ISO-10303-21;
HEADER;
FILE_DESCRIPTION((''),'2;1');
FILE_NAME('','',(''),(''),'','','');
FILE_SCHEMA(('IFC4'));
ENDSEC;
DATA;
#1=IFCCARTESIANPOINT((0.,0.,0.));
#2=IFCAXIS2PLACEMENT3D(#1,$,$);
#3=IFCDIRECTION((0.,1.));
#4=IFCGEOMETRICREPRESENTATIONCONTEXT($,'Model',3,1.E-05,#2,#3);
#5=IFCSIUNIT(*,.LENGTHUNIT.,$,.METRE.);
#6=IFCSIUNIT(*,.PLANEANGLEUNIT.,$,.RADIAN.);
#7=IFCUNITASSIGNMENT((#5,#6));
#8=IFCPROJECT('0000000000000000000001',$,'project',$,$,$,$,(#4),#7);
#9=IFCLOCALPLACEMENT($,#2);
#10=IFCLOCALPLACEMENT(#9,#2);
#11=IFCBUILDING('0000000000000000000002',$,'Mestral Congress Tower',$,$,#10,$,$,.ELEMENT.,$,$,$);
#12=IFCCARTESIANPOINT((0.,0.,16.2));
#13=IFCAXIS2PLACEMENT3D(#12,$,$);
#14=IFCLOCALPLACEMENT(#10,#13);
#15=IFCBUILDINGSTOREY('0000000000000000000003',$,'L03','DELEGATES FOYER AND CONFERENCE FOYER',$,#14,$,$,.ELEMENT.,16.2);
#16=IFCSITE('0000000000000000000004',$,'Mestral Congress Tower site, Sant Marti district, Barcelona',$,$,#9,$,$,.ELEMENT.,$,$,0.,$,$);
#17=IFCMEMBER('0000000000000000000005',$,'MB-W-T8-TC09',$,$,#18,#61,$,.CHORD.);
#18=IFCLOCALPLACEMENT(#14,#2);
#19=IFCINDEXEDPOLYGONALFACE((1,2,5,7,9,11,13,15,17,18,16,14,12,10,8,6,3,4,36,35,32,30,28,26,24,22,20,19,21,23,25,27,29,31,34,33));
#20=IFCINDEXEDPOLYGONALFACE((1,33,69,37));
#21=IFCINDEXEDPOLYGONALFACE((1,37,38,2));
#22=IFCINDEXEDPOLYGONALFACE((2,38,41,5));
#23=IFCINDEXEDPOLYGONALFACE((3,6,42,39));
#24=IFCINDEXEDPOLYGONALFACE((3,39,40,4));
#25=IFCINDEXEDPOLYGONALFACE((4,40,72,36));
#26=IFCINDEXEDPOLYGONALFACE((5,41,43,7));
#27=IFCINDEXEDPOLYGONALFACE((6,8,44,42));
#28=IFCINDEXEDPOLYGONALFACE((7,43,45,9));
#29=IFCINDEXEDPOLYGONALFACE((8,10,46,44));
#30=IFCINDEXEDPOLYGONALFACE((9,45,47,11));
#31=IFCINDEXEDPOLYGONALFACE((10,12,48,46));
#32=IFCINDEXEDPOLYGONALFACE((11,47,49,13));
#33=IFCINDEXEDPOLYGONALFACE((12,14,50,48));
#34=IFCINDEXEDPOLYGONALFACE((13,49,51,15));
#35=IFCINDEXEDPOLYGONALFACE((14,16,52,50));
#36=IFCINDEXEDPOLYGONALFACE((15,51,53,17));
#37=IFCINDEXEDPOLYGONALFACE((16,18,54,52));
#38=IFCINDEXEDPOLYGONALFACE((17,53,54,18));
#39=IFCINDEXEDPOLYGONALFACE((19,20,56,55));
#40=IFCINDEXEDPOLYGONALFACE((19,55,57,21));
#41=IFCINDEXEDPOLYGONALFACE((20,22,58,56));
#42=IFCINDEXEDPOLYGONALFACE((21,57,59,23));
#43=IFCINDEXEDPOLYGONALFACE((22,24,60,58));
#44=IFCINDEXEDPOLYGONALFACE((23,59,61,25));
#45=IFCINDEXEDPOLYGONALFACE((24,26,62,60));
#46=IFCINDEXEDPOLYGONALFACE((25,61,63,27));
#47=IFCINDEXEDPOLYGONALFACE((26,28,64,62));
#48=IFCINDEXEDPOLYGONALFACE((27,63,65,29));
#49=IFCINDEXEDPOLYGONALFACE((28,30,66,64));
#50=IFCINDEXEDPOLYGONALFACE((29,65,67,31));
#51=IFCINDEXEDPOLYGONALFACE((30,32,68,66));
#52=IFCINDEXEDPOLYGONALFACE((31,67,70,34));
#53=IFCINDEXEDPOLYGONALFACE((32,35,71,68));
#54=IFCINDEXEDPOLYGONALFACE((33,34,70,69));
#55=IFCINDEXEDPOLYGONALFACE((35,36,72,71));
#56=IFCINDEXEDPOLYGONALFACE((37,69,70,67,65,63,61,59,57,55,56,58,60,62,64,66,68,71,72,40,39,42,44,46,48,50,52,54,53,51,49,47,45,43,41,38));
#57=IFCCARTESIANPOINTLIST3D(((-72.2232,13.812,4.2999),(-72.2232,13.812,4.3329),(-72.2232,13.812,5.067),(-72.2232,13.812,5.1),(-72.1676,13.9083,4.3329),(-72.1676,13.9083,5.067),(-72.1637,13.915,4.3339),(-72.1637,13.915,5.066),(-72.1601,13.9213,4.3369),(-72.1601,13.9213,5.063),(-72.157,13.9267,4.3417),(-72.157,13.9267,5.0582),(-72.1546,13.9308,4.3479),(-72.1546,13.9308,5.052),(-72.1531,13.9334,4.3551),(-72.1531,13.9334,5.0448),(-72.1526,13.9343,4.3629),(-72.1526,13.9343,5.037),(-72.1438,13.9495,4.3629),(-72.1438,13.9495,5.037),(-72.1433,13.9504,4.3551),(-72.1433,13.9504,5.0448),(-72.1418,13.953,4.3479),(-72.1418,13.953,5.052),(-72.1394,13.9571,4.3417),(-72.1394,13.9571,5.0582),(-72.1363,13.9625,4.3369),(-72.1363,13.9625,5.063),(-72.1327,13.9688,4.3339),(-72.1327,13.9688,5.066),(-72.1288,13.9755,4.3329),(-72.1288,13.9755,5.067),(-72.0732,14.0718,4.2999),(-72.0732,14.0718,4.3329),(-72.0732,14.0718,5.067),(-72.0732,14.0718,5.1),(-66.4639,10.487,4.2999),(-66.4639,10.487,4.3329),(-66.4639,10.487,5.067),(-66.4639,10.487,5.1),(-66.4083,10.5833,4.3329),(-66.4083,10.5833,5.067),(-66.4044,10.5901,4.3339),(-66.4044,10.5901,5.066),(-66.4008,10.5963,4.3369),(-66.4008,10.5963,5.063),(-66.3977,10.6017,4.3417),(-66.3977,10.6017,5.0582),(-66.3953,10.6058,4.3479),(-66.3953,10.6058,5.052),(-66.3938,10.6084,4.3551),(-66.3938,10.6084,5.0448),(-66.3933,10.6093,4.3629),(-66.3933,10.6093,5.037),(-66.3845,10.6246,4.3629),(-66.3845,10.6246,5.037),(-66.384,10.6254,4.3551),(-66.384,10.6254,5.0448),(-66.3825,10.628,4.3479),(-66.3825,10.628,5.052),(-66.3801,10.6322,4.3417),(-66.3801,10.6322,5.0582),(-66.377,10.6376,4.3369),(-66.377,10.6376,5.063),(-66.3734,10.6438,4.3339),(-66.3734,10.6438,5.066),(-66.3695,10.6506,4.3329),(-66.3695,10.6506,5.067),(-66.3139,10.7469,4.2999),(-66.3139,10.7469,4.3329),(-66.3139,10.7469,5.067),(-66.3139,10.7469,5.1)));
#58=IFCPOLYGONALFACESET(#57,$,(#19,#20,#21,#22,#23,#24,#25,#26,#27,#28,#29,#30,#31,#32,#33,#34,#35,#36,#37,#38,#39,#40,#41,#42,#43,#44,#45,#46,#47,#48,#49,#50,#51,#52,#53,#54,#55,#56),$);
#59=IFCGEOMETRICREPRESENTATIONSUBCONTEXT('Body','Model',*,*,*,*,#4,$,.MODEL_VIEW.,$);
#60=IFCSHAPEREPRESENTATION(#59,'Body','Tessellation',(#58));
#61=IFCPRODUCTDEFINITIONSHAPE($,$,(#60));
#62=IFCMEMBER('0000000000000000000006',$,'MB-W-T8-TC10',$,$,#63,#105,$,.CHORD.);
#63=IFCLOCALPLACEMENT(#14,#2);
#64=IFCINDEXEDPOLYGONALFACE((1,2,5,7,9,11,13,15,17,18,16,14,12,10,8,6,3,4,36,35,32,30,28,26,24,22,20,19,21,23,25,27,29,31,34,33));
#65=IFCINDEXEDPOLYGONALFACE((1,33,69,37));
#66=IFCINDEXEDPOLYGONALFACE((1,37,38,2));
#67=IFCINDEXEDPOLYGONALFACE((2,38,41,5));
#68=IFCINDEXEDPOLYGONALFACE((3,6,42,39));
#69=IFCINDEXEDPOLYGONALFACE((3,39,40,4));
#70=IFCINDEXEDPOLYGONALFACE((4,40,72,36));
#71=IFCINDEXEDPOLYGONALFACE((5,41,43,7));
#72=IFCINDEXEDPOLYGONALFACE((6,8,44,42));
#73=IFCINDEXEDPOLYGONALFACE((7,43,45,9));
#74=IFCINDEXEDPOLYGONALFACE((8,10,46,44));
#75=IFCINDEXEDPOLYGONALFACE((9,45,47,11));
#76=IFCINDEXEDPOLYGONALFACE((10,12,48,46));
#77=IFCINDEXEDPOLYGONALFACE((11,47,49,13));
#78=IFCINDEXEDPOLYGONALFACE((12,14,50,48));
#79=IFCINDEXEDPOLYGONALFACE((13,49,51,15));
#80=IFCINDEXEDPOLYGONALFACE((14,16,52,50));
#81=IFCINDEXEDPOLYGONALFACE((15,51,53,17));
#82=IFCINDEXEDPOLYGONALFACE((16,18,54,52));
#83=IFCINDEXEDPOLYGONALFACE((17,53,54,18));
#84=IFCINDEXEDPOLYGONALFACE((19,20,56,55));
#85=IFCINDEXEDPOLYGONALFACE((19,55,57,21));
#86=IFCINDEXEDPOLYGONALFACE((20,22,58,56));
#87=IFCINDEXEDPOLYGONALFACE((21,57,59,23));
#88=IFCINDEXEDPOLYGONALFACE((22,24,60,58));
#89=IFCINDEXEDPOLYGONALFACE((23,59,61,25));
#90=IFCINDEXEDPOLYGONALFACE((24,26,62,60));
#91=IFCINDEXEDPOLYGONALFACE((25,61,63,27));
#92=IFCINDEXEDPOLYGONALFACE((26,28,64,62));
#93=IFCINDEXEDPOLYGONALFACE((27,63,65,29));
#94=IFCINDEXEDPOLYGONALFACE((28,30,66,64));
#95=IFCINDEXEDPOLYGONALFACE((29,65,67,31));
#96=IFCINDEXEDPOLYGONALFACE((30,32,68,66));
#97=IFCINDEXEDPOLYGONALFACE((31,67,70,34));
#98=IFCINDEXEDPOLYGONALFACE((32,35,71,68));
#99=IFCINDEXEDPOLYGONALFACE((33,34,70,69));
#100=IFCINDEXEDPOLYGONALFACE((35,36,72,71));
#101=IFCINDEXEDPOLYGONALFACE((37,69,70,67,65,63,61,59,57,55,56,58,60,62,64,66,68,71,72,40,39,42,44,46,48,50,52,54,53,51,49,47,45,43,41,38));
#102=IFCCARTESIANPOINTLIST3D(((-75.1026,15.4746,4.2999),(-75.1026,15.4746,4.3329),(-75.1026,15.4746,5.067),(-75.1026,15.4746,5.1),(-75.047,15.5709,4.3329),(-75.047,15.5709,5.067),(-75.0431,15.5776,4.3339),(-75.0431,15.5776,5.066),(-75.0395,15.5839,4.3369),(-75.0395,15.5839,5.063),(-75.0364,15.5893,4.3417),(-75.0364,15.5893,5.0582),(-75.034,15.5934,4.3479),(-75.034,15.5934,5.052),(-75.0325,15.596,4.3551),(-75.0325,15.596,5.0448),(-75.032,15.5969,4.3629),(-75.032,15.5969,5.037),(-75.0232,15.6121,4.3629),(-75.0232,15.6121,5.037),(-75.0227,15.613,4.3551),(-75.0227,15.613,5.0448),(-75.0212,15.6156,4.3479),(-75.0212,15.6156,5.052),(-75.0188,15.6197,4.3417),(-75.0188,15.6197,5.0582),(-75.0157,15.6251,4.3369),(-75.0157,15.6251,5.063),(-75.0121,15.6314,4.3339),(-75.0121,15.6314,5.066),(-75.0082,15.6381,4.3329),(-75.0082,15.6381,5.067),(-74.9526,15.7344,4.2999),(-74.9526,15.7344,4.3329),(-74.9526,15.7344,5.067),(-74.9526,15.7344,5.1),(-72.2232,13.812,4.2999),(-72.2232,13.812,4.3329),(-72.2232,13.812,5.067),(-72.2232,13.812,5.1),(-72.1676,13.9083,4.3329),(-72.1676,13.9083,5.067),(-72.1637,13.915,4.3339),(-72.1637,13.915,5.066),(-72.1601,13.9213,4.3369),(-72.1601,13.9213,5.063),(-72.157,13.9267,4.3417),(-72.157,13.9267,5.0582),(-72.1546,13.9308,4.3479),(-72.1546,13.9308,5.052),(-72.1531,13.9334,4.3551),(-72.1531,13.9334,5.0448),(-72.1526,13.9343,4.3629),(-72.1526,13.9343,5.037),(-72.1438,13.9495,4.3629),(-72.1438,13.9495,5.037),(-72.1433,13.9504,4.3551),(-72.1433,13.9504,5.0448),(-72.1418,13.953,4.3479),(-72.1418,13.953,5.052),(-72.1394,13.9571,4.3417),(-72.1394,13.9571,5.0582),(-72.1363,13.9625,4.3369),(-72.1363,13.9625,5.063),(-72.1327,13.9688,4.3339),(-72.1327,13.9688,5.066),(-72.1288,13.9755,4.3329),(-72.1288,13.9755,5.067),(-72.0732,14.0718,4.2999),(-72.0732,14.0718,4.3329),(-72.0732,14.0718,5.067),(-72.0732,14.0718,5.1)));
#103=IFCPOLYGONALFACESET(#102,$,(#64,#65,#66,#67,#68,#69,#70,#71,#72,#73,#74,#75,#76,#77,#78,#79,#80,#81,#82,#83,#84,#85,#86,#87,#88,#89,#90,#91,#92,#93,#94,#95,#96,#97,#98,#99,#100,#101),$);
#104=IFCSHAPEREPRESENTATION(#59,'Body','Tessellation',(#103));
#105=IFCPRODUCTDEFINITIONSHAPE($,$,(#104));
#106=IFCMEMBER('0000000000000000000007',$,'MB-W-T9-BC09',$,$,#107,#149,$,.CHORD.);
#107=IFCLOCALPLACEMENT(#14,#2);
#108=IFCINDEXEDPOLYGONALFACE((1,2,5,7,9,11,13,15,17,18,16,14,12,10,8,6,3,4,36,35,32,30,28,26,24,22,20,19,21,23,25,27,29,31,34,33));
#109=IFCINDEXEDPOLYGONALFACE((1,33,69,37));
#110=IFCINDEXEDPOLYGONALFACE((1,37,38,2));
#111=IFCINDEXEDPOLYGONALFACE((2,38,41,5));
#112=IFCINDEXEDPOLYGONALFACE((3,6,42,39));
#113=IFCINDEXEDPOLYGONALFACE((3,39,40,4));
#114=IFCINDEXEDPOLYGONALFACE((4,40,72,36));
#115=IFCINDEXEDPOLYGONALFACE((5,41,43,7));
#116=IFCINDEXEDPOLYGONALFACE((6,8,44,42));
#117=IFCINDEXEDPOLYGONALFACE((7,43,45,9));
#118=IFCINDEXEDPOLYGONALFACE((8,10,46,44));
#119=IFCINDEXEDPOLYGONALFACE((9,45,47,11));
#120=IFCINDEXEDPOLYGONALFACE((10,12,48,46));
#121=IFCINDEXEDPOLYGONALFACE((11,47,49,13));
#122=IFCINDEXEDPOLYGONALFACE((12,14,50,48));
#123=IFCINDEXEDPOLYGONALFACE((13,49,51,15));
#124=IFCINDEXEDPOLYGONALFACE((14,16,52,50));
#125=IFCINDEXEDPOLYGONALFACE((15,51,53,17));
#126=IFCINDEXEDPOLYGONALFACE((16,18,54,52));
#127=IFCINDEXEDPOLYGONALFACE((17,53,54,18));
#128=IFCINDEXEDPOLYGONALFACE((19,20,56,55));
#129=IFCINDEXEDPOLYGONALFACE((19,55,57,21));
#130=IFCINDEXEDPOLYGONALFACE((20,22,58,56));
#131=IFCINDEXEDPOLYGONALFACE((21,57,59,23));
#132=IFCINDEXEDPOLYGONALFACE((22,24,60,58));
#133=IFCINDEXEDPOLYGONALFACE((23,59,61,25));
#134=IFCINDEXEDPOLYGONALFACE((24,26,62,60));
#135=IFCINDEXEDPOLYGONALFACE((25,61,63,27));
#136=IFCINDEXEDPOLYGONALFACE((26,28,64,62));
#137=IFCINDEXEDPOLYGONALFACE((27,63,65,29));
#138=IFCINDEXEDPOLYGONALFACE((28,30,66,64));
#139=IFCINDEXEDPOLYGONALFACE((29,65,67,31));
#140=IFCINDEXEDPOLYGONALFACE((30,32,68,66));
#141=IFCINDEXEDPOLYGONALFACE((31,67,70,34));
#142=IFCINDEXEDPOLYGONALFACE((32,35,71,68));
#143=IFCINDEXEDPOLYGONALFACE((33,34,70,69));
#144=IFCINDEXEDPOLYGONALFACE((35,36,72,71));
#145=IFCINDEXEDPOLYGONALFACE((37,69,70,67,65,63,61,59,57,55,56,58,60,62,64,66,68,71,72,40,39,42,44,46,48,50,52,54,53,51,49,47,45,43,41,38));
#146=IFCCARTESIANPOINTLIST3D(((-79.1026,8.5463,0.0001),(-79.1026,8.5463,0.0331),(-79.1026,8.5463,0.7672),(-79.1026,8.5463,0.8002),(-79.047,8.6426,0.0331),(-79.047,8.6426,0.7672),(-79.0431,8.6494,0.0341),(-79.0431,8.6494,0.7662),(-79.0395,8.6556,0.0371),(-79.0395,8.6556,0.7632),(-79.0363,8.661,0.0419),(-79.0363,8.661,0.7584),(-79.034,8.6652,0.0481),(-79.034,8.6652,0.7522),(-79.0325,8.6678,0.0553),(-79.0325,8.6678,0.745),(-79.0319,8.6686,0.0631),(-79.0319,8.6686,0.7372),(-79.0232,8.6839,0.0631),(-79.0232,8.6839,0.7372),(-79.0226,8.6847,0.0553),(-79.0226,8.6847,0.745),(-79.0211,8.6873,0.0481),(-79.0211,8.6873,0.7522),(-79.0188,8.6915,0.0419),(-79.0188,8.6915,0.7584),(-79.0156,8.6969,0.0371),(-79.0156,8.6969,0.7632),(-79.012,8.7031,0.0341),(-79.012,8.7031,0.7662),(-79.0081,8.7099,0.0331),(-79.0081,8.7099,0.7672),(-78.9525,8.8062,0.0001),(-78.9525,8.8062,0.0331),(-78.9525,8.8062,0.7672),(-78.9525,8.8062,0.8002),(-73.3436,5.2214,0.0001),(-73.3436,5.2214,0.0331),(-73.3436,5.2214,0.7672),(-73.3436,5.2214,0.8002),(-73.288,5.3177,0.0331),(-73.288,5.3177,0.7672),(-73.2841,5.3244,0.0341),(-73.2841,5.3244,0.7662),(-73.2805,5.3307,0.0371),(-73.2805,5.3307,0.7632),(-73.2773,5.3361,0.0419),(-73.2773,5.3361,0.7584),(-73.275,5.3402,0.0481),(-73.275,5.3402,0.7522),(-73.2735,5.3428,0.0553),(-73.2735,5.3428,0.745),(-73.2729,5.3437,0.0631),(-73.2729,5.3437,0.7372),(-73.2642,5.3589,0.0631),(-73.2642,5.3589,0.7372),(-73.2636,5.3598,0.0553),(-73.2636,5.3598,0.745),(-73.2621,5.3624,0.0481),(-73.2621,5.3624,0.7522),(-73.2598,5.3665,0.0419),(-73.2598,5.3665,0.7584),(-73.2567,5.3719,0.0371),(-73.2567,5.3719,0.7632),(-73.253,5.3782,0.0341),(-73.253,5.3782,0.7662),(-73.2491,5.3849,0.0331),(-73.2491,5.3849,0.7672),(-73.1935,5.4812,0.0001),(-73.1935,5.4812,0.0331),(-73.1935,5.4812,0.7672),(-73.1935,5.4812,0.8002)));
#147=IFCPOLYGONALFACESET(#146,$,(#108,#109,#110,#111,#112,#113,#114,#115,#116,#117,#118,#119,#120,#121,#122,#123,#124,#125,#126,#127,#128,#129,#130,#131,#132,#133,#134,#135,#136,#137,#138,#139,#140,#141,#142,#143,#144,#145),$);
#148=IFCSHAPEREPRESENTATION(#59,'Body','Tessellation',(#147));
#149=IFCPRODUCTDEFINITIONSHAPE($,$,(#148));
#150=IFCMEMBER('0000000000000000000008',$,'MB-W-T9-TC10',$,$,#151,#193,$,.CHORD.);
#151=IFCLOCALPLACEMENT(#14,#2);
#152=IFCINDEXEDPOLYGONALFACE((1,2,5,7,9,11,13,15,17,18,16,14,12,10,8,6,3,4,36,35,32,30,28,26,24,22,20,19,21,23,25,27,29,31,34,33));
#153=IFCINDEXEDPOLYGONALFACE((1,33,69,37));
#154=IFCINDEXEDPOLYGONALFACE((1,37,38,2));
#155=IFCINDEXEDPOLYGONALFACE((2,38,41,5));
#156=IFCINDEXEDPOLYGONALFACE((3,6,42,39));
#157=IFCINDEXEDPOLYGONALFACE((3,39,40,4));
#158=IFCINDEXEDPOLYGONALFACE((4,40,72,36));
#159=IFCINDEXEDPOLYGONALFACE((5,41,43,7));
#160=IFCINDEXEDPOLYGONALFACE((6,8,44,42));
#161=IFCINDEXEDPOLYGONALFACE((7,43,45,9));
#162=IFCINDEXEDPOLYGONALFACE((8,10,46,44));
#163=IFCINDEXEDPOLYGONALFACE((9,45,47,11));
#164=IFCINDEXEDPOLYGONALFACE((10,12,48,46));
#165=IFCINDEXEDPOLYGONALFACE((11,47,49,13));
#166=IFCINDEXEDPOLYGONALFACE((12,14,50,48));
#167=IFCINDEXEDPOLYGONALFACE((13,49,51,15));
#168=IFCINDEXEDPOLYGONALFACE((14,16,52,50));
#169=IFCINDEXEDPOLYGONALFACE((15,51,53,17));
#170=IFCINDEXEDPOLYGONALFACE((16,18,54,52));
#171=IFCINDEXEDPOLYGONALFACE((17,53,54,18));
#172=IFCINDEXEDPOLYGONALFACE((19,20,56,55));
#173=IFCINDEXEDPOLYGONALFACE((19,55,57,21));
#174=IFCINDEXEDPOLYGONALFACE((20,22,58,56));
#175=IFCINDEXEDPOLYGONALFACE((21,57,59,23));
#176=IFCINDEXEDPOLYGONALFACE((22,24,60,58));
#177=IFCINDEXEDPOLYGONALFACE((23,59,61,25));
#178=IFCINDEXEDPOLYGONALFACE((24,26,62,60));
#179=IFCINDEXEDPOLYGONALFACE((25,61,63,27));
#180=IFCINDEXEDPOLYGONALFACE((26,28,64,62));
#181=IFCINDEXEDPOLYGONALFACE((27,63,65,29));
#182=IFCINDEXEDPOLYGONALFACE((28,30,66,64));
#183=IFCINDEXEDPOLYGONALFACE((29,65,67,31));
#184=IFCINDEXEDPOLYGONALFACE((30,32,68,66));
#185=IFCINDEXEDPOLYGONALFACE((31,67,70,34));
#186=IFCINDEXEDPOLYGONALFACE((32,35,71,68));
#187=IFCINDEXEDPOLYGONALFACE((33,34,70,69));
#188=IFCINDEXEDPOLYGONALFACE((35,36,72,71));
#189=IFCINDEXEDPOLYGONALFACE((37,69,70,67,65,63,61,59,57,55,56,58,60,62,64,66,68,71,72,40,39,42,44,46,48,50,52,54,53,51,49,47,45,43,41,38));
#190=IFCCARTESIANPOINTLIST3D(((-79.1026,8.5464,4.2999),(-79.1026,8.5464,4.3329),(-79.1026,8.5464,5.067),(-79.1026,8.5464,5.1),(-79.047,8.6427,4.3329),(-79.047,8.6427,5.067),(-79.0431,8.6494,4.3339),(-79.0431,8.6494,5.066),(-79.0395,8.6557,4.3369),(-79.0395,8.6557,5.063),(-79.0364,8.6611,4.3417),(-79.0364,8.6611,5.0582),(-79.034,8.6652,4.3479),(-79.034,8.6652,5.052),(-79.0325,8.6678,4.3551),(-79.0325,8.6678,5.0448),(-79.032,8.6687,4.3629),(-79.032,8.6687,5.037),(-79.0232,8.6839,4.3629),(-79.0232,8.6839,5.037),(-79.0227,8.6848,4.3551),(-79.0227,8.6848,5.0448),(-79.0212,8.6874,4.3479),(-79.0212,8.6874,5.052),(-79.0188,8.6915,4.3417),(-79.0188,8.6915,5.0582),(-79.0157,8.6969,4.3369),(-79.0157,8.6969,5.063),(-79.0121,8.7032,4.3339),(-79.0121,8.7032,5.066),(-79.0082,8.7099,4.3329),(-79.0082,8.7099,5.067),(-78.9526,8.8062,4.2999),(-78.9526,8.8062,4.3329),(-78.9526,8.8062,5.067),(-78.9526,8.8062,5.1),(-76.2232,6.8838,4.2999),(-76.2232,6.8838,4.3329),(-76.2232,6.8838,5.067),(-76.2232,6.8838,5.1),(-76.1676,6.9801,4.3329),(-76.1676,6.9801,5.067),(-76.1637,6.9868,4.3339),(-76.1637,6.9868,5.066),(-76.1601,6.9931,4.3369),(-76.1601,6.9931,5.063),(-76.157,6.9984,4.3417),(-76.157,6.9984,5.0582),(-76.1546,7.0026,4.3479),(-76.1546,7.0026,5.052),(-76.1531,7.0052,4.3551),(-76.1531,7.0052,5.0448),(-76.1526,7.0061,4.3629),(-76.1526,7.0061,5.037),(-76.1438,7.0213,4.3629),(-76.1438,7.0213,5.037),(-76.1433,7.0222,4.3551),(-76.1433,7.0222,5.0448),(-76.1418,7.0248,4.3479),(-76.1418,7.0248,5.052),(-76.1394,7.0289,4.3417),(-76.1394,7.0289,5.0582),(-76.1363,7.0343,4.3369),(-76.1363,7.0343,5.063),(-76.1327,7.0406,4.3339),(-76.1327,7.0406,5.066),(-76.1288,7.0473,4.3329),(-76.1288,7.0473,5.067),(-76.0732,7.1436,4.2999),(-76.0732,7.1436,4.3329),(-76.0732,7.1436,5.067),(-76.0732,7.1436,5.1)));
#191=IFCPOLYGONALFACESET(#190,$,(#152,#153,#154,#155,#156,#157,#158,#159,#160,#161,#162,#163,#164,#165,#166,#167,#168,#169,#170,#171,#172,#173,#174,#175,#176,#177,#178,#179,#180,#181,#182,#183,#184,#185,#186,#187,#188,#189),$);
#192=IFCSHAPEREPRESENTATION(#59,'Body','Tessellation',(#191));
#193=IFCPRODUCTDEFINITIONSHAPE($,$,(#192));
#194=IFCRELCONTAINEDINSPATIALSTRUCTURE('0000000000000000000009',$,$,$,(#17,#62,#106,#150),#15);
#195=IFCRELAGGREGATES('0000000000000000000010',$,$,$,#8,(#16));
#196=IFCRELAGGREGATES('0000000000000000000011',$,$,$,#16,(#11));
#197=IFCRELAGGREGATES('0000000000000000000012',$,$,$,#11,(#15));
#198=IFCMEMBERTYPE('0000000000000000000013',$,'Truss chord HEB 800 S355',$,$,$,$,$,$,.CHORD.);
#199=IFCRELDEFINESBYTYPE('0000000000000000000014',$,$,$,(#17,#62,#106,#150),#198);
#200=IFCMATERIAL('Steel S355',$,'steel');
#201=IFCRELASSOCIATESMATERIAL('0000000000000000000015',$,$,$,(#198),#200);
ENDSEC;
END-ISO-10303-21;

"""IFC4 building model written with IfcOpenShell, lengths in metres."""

from ifc_helpers import new_model, si_unit, direction, frame, origin, origin_2d, place, context, subcontext, project, spatial, i_section, extrude, material, material_profile, profile_set, type_object, element, save


model = new_model("IFC4")

# Units and contexts
model_context = context("Model", 3, precision=1e-05, world=origin(), true_north=direction((0.0, 1.0)))
body_context = subcontext(model_context, "Body", "Model", "MODEL_VIEW")
ifc_project = project(units=[si_unit("LENGTHUNIT", "METRE"), si_unit("PLANEANGLEUNIT", "RADIAN")], contexts=[model_context])

# Site, building, storey
site_placement = place(None, origin())
site = spatial("IfcSite", under=ifc_project, at=site_placement, Name="Mestral Congress Tower site, Sant Marti district, Barcelona", CompositionType="ELEMENT", RefElevation=0.0)
building_placement = place(site_placement, origin())
building = spatial("IfcBuilding", under=site, at=building_placement, Name="Mestral Congress Tower", CompositionType="ELEMENT")
storey_placement = place(building_placement, frame((0.0, 0.0, 16.2)))
storey = spatial("IfcBuildingStorey", under=building, at=storey_placement, Name="L03", Description="DELEGATES FOYER AND CONFERENCE FOYER", CompositionType="ELEMENT", Elevation=16.2)

# Shared definitions
ifc_material_1 = material(Name="Steel S355", Category="steel")

# Members
ifc_material_profile_1 = material_profile(ifc_material_1, i_section(OverallWidth=0.3, OverallDepth=0.8, WebThickness=0.0176, FlangeThickness=0.033, FilletRadius=0.03, at=origin_2d()), Name="HEB 800")
ifc_profile_set_1 = profile_set([ifc_material_profile_1], Name="Steel S355")
member_type_1 = type_object("IfcMemberType", Name="Truss chord HEB 800 S355", PredefinedType="CHORD", material=ifc_profile_set_1)
for number, where, z_axis, x_axis, name in (
    (1, (-66.3889, 10.6169, 4.7), (-0.866036, 0.499981, 0.0), (-0.499981, -0.866036, 0.0), "MB-W-T8-TC09"),
):
    element("IfcMember", number, at=place(storey_placement, frame(where, z_axis=z_axis, x_axis=x_axis)), inside=storey, type_object=member_type_1, Name=name, PredefinedType="CHORD", context=body_context, shape_type="SweptSolid", body=[
        extrude(i_section(OverallWidth=0.3, OverallDepth=0.8, WebThickness=0.0176, FlangeThickness=0.033, FilletRadius=0.03, at=origin_2d()), origin(), (0.0, 0.0, 1.0), 6.6501),
    ])
member_1_placement = place(storey_placement, frame((-72.1482, 13.9419, 4.7), z_axis=(-0.866002, 0.50004, 0.0), x_axis=(-0.50004, -0.866002, 0.0)))
element("IfcMember", 2, at=member_1_placement, inside=storey, type_object=member_type_1, Name="MB-W-T8-TC10", PredefinedType="CHORD", context=body_context, shape_type="SweptSolid", body=[
    extrude(i_section(OverallWidth=0.3, OverallDepth=0.8, WebThickness=0.0176, FlangeThickness=0.033, FilletRadius=0.03, at=origin_2d()), origin(), (0.0, 0.0, 1.0), 3.325),
])
member_2_placement = place(storey_placement, frame((-73.2686, 5.3513, 0.4001), z_axis=(-0.866027, 0.499997, 0.0), x_axis=(-0.499997, -0.866027, 0.0)))
element("IfcMember", 3, at=member_2_placement, inside=storey, type_object=member_type_1, Name="MB-W-T9-BC09", PredefinedType="CHORD", context=body_context, shape_type="SweptSolid", body=[
    extrude(i_section(OverallWidth=0.3, OverallDepth=0.8, WebThickness=0.0176, FlangeThickness=0.033, FilletRadius=0.03, at=origin_2d()), origin(), (0.0, 0.0, 1.0), 6.6499),
])
member_3_placement = place(storey_placement, frame((-76.1482, 7.0137, 4.7), z_axis=(-0.866002, 0.50004, 0.0), x_axis=(-0.50004, -0.866002, 0.0)))
element("IfcMember", 4, at=member_3_placement, inside=storey, type_object=member_type_1, Name="MB-W-T9-TC10", PredefinedType="CHORD", context=body_context, shape_type="SweptSolid", body=[
    extrude(i_section(OverallWidth=0.3, OverallDepth=0.8, WebThickness=0.0176, FlangeThickness=0.033, FilletRadius=0.03, at=origin_2d()), origin(), (0.0, 0.0, 1.0), 3.325),
])

save(model, "model.ifc")
